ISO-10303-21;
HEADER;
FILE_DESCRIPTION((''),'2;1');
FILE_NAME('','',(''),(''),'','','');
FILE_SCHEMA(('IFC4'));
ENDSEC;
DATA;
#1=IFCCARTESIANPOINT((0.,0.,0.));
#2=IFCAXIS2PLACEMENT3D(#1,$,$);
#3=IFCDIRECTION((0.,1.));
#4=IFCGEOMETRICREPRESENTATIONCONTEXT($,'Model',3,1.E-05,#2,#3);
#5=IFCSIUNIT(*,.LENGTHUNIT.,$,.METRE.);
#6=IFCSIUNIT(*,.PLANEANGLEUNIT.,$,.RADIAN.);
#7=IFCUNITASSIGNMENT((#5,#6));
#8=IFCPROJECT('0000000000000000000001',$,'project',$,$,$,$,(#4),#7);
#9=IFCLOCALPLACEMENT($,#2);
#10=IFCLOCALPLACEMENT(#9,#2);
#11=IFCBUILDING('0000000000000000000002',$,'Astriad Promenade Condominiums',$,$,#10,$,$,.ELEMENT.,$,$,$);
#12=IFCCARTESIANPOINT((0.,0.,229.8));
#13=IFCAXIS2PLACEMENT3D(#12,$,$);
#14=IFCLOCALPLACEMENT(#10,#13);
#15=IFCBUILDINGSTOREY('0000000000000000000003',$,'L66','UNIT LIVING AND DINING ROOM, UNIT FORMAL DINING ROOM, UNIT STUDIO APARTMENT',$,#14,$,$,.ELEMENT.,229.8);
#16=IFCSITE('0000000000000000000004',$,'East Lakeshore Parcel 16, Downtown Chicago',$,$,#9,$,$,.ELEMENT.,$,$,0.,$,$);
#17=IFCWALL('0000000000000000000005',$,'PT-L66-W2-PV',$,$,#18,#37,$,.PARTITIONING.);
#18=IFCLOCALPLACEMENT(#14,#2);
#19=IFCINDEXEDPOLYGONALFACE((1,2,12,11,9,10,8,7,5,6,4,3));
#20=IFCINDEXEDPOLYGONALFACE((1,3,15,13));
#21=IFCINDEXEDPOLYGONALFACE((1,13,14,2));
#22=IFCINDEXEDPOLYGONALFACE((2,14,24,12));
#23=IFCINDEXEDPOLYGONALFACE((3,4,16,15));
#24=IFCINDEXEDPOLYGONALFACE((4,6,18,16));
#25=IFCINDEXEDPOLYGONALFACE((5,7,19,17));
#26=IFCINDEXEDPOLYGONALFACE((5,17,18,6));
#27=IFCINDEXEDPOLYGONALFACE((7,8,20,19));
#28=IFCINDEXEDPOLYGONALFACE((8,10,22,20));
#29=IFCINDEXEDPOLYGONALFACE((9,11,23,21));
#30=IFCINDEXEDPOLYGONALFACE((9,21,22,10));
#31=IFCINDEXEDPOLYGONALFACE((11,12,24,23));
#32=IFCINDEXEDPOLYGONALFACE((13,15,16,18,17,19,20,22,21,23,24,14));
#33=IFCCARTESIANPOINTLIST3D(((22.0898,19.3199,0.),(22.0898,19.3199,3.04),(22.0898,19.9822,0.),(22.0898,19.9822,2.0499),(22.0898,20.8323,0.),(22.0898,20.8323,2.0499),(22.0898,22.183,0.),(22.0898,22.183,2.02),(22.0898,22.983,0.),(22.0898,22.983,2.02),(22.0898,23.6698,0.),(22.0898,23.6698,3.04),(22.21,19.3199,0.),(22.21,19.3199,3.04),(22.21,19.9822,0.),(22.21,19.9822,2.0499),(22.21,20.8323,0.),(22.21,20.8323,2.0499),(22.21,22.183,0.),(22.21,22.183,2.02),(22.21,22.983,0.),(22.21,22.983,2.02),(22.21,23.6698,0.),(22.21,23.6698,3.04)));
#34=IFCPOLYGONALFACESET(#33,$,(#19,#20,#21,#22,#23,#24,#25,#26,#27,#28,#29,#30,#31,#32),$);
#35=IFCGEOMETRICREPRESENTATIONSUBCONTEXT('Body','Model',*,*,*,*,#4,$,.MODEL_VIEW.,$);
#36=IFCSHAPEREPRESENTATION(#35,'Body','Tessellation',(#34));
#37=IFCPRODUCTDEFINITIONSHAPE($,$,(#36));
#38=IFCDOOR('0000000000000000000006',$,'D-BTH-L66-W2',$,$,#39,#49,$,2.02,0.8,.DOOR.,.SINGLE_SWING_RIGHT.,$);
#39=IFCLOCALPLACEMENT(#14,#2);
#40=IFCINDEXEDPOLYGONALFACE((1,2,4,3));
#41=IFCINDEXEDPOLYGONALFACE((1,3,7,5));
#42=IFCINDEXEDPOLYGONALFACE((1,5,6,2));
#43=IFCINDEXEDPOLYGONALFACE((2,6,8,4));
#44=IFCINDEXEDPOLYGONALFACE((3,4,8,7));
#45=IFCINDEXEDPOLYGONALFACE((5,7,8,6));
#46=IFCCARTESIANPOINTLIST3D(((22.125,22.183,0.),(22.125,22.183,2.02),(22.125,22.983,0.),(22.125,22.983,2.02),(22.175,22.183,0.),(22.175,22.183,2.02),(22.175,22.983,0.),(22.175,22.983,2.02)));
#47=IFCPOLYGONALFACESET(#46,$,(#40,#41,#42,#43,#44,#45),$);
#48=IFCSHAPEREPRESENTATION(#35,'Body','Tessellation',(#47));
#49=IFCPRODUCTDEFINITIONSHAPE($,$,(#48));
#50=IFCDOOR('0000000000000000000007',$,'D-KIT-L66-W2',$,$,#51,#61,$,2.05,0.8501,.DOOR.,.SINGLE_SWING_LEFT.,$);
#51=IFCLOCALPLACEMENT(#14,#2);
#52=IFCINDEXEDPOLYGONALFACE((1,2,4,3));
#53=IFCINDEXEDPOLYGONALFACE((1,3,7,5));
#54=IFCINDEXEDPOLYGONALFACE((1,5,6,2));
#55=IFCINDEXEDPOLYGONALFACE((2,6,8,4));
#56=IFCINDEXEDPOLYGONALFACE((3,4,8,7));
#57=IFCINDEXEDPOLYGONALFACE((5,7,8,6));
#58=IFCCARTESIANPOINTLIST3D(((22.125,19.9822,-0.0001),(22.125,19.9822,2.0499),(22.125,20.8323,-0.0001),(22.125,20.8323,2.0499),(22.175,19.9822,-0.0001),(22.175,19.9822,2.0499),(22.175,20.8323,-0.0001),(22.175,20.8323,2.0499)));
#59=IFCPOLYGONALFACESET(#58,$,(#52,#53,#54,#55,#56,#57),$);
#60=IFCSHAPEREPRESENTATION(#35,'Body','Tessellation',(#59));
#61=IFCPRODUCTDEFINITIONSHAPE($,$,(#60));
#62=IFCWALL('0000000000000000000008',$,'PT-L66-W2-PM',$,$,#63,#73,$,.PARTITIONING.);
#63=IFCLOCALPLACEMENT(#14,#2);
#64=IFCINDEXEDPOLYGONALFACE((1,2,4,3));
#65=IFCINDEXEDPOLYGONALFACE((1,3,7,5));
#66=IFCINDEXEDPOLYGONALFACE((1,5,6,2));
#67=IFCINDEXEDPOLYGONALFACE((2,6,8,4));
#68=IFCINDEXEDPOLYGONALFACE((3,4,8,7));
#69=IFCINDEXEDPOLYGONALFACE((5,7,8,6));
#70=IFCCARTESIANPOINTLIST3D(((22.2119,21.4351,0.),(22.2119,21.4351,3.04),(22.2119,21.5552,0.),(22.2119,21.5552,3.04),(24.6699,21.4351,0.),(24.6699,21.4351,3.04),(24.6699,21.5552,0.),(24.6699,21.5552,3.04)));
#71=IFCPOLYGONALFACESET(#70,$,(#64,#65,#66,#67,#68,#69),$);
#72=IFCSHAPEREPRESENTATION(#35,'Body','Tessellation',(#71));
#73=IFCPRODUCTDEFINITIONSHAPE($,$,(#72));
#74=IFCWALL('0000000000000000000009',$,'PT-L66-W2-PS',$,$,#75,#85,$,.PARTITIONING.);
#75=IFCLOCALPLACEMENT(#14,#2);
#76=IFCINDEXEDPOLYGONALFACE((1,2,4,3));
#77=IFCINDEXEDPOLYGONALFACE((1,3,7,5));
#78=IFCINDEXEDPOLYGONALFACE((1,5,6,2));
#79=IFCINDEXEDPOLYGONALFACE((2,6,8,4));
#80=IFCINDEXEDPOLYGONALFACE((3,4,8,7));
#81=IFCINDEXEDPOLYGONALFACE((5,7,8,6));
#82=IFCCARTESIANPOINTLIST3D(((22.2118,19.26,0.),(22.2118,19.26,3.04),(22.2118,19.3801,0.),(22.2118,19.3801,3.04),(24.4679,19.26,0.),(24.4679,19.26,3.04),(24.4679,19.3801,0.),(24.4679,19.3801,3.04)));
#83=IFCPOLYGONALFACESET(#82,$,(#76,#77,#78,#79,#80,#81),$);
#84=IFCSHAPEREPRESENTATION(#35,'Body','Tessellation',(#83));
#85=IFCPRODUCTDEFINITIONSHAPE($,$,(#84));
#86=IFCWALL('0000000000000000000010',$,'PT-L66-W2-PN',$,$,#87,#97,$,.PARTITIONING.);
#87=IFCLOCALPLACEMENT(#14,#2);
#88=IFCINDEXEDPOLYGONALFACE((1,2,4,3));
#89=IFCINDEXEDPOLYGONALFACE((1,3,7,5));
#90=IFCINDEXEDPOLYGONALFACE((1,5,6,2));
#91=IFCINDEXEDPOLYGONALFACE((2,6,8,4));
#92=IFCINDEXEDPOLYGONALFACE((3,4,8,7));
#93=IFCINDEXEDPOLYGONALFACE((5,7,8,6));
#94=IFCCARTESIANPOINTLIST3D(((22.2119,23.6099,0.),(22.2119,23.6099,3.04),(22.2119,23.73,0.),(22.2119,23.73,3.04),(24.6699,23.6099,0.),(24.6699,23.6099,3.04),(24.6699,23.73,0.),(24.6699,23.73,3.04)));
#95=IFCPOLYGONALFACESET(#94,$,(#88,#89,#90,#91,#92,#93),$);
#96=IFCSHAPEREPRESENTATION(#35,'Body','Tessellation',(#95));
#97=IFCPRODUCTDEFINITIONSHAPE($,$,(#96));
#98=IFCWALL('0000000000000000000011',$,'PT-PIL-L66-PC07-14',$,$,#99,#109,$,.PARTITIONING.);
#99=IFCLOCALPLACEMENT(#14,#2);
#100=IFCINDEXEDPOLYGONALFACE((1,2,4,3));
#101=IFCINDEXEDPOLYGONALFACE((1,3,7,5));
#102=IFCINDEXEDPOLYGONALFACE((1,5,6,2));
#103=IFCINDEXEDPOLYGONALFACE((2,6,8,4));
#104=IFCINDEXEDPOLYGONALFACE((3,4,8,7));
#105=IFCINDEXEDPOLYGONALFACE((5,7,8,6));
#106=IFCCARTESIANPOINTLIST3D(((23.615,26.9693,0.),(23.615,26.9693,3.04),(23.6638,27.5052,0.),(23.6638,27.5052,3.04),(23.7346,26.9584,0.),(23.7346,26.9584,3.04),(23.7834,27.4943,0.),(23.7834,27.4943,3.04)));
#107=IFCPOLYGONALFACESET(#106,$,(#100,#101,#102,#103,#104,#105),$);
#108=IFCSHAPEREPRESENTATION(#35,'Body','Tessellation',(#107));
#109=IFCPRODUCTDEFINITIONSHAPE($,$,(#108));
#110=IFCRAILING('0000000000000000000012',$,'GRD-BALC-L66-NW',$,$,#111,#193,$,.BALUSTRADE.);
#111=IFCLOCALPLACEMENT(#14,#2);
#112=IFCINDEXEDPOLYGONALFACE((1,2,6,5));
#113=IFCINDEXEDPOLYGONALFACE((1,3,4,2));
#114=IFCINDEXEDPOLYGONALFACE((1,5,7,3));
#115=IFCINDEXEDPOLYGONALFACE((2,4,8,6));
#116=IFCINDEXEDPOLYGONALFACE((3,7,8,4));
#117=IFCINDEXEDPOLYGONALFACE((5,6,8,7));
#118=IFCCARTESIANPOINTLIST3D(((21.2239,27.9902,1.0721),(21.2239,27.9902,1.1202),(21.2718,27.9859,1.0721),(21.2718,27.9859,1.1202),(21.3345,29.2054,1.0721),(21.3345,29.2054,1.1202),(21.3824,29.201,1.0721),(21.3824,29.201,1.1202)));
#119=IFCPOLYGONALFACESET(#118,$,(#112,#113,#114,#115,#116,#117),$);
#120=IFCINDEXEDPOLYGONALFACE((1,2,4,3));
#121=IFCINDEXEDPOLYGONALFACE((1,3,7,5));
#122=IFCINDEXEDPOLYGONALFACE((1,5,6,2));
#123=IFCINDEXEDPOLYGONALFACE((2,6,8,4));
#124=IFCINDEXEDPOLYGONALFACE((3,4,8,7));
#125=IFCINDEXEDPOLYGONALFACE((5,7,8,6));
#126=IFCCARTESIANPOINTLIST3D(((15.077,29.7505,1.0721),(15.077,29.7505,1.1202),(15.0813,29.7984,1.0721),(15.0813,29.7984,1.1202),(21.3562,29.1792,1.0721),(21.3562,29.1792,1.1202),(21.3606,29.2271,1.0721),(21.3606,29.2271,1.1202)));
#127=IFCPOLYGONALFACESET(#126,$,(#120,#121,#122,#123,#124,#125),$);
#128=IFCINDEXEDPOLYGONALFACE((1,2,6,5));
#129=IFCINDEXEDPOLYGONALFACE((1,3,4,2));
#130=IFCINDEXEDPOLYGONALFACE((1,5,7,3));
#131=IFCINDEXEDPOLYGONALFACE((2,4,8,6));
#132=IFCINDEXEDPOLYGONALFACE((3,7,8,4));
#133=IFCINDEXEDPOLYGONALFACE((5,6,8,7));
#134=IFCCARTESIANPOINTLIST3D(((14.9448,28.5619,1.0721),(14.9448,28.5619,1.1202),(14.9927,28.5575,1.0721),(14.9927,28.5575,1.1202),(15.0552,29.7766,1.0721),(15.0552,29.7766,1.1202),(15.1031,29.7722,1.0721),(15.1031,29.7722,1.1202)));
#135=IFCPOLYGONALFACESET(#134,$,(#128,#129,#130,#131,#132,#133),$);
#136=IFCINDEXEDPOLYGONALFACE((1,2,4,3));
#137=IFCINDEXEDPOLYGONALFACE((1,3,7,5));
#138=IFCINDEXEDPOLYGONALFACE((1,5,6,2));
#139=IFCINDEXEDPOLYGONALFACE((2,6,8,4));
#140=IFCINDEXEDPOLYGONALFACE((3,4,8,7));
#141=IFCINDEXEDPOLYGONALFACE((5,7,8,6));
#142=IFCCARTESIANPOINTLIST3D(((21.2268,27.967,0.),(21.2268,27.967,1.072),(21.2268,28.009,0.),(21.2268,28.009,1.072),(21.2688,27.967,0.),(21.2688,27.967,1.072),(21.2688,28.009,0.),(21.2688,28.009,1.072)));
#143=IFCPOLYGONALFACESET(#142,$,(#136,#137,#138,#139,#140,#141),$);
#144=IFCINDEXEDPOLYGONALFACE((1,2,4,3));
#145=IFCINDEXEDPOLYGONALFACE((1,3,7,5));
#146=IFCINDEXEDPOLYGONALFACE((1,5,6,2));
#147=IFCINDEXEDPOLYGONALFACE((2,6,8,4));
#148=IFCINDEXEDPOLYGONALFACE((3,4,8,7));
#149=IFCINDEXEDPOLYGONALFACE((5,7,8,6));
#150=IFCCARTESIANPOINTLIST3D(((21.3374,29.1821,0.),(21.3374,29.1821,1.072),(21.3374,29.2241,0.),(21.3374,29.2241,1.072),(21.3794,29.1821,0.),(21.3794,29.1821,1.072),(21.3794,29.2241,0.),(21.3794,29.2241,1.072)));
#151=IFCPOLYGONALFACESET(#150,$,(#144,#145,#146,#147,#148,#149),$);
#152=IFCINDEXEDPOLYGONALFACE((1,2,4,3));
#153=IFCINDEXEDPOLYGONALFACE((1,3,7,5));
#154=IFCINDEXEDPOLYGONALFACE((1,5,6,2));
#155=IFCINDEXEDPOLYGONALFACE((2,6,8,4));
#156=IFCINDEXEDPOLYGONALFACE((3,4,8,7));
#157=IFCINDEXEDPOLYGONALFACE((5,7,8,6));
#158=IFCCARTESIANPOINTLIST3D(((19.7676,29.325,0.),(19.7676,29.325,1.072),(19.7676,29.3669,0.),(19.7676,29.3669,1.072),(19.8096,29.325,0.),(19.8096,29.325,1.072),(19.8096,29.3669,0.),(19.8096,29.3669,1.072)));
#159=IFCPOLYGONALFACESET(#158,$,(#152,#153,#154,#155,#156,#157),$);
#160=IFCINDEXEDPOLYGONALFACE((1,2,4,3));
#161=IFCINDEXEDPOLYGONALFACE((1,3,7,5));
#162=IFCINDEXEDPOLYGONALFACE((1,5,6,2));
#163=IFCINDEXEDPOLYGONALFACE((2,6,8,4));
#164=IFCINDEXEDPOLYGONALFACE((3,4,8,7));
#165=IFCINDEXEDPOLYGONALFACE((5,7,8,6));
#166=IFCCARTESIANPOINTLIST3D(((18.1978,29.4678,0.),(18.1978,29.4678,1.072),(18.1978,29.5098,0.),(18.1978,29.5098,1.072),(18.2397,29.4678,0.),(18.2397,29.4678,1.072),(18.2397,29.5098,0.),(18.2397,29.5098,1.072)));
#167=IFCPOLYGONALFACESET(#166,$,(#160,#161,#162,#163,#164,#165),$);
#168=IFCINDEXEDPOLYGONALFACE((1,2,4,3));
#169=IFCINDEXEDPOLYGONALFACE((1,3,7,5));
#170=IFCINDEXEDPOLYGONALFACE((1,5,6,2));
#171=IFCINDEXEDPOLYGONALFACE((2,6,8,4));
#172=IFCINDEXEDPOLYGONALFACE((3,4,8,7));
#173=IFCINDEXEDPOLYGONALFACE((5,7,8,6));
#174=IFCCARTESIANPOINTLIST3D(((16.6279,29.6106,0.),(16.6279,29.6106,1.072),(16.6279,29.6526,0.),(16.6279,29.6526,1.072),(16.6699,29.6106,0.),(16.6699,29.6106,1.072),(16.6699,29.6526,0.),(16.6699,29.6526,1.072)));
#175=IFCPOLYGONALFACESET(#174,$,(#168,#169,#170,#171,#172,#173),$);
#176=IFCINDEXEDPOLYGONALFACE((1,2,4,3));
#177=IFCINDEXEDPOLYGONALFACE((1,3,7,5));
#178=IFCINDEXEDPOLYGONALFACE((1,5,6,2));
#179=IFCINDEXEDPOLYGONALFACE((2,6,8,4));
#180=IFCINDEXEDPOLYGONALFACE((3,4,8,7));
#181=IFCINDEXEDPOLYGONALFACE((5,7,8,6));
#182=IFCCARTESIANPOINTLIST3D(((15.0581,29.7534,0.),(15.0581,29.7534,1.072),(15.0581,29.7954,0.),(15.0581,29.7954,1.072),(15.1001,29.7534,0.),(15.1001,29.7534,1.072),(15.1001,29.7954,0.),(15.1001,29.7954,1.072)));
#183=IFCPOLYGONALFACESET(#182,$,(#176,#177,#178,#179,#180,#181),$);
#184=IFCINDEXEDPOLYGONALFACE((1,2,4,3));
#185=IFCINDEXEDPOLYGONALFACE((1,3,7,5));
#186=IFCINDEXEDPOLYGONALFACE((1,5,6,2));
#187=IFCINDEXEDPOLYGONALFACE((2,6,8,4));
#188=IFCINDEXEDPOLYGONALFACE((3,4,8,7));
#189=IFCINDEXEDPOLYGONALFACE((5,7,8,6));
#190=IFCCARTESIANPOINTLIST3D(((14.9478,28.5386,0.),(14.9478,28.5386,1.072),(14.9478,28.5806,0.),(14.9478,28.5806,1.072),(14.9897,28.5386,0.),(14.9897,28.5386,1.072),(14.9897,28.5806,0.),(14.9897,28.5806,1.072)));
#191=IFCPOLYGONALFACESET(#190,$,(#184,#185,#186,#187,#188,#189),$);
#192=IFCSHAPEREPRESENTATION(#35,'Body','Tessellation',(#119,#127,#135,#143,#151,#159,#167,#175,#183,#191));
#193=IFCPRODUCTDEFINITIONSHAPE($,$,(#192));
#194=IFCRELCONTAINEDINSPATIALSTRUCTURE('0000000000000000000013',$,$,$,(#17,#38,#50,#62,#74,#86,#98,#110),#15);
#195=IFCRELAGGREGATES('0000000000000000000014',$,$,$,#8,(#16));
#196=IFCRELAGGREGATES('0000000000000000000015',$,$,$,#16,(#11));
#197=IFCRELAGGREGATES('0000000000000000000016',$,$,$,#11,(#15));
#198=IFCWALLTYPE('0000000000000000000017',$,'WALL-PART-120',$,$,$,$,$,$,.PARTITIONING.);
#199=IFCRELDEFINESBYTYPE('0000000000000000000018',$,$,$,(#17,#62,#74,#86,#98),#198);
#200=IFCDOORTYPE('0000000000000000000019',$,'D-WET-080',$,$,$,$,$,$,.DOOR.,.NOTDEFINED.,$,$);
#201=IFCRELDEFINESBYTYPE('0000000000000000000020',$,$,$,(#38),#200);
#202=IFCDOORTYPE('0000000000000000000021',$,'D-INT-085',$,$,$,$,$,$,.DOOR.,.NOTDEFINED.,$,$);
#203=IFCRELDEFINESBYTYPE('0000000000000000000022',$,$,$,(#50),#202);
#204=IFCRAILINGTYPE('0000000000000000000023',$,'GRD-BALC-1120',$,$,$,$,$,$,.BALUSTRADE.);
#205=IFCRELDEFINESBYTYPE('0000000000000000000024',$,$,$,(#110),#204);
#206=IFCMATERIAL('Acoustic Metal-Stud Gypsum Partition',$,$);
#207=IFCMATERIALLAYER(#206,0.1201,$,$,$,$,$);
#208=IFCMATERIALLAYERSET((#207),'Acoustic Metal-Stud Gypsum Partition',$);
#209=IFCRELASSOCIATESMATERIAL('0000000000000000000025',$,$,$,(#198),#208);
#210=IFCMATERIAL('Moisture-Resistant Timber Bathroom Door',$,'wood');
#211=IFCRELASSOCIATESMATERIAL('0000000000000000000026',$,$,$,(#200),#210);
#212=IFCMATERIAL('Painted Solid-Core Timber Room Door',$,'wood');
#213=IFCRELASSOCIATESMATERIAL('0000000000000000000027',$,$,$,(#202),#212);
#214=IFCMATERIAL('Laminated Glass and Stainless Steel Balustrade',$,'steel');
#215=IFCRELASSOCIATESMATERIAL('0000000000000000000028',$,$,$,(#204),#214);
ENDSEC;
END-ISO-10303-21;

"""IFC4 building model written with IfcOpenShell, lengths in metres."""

from ifc_helpers import new_model, si_unit, direction, frame, frame_2d, origin, origin_2d, place, context, subcontext, project, spatial, rectangle, extrude, source, transform, mapped, material, layer, layer_set, type_object, type_shapes, element, fill, save


model = new_model("IFC4")

# Units and contexts
model_context = context("Model", 3, precision=1e-05, world=origin(), true_north=direction((0.0, 1.0)))
body_context = subcontext(model_context, "Body", "Model", "MODEL_VIEW")
ifc_project = project(units=[si_unit("LENGTHUNIT", "METRE"), si_unit("PLANEANGLEUNIT", "RADIAN")], contexts=[model_context])

# Site, building, storey
site_placement = place(None, origin())
site = spatial("IfcSite", under=ifc_project, at=site_placement, Name="East Lakeshore Parcel 16, Downtown Chicago", CompositionType="ELEMENT", RefElevation=0.0)
building_placement = place(site_placement, origin())
building = spatial("IfcBuilding", under=site, at=building_placement, Name="Astriad Promenade Condominiums", CompositionType="ELEMENT")
storey_placement = place(building_placement, frame((0.0, 0.0, 229.8)))
storey = spatial("IfcBuildingStorey", under=building, at=storey_placement, Name="L66", Description="UNIT LIVING AND DINING ROOM, UNIT FORMAL DINING ROOM, UNIT STUDIO APARTMENT", CompositionType="ELEMENT", Elevation=229.8)

# Wall, openings, doors
ifc_material_1 = material(Name="Acoustic Metal-Stud Gypsum Partition")
ifc_layer_1 = layer(ifc_material_1, 0.1201)
ifc_layer_set_1 = layer_set([ifc_layer_1], Name="Acoustic Metal-Stud Gypsum Partition")
wall_type_1 = type_object("IfcWallType", Name="WALL-PART-120", PredefinedType="PARTITIONING", material=ifc_layer_set_1)
wall_1_placement = place(storey_placement, frame((22.1499, 19.3201, 0.0), z_axis=(0.0, 0.0, 1.0), x_axis=(0.0, 1.0, 0.0)))
wall_1 = element("IfcWall", 1, at=wall_1_placement, inside=storey, type_object=wall_type_1, Name="PT-L66-W2-PV", PredefinedType="PARTITIONING", context=body_context, shape_type="SweptSolid", body=[
    extrude(rectangle(XDim=4.3499, YDim=0.1201, at=frame_2d((2.1748, 0.0))), origin(), (0.0, 0.0, 1.0), 3.04),
])
opening_1_placement = place(wall_1_placement, frame((0.6621, 0.0, 0.0)))
opening_1 = element("IfcOpeningElement", 2, at=opening_1_placement, cuts=wall_1, PredefinedType="OPENING", context=body_context, shape_type="SweptSolid", body=[
    extrude(rectangle(XDim=0.8501, YDim=2.05, at=frame_2d((0.425, 1.0249))), frame((0.0, 0.0701, 0.0), z_axis=(0.0, -1.0, 0.0), x_axis=(1.0, 0.0, 0.0)), (0.0, 0.0, 1.0), 0.1401),
])
opening_2_placement = place(wall_1_placement, frame((2.863, 0.0, 0.0)))
opening_2 = element("IfcOpeningElement", 3, at=opening_2_placement, cuts=wall_1, PredefinedType="OPENING", context=body_context, shape_type="SweptSolid", body=[
    extrude(rectangle(XDim=0.8, YDim=2.02, at=frame_2d((0.3999, 1.01))), frame((0.0, 0.0701, 0.0), z_axis=(0.0, -1.0, 0.0), x_axis=(1.0, 0.0, 0.0)), (0.0, 0.0, 1.0), 0.1401),
])
ifc_material_2 = material(Name="Moisture-Resistant Timber Bathroom Door", Category="wood")
door_type_1 = type_object("IfcDoorType", Name="D-WET-080", OperationType="NOTDEFINED", PredefinedType="DOOR", material=ifc_material_2)
shared_shape_1 = source(origin(), body_context, "Body", "SweptSolid", [
    extrude(rectangle(XDim=0.8, YDim=2.02, at=frame_2d((0.3999, 1.01))), frame((0.0, 0.0249, 0.0), z_axis=(0.0, -1.0, 0.0), x_axis=(1.0, 0.0, 0.0)), (0.0, 0.0, 1.0), 0.05),
])
type_shapes(door_type_1, [shared_shape_1])
door_1_placement = place(opening_2_placement, origin())
door_1 = element("IfcDoor", 4, at=door_1_placement, inside=storey, type_object=door_type_1, Name="D-BTH-L66-W2", OperationType="SINGLE_SWING_RIGHT", OverallHeight=2.02, OverallWidth=0.8, PredefinedType="DOOR", context=body_context, shape_type="MappedRepresentation", body=[
    mapped(shared_shape_1, transform((0.0, 0.0, 0.0), scale=1.0)),
])
fill(opening_2, door_1)
ifc_material_3 = material(Name="Painted Solid-Core Timber Room Door", Category="wood")
door_type_2 = type_object("IfcDoorType", Name="D-INT-085", OperationType="NOTDEFINED", PredefinedType="DOOR", material=ifc_material_3)
shared_shape_2 = source(origin(), body_context, "Body", "SweptSolid", [
    extrude(rectangle(XDim=0.8501, YDim=2.05, at=frame_2d((0.425, 1.0249))), frame((0.0, 0.0249, 0.0), z_axis=(0.0, -1.0, 0.0), x_axis=(1.0, 0.0, 0.0)), (0.0, 0.0, 1.0), 0.05),
])
type_shapes(door_type_2, [shared_shape_2])
door_2_placement = place(opening_1_placement, origin())
door_2 = element("IfcDoor", 5, at=door_2_placement, inside=storey, type_object=door_type_2, Name="D-KIT-L66-W2", OperationType="SINGLE_SWING_LEFT", OverallHeight=2.05, OverallWidth=0.8501, PredefinedType="DOOR", context=body_context, shape_type="MappedRepresentation", body=[
    mapped(shared_shape_2, transform((0.0, 0.0, 0.0), scale=1.0)),
])
fill(opening_1, door_2)

# Walls
wall_2_placement = place(storey_placement, frame((22.2119, 21.4951, 0.0), z_axis=(0.0, 0.0, 1.0), x_axis=(1.0, 0.0, 0.0)))
element("IfcWall", 6, at=wall_2_placement, inside=storey, type_object=wall_type_1, Name="PT-L66-W2-PM", PredefinedType="PARTITIONING", context=body_context, shape_type="SweptSolid", body=[
    extrude(rectangle(XDim=2.458, YDim=0.1201, at=frame_2d((1.229, 0.0))), origin(), (0.0, 0.0, 1.0), 3.04),
])
wall_3_placement = place(storey_placement, frame((22.2119, 19.3201, 0.0), z_axis=(0.0, 0.0, 1.0), x_axis=(1.0, 0.0, 0.0)))
element("IfcWall", 7, at=wall_3_placement, inside=storey, type_object=wall_type_1, Name="PT-L66-W2-PS", PredefinedType="PARTITIONING", context=body_context, shape_type="SweptSolid", body=[
    extrude(rectangle(XDim=2.2561, YDim=0.1201, at=frame_2d((1.1279, 0.0))), origin(), (0.0, 0.0, 1.0), 3.04),
])
wall_4_placement = place(storey_placement, frame((22.2119, 23.6699, 0.0), z_axis=(0.0, 0.0, 1.0), x_axis=(1.0, 0.0, 0.0)))
element("IfcWall", 8, at=wall_4_placement, inside=storey, type_object=wall_type_1, Name="PT-L66-W2-PN", PredefinedType="PARTITIONING", context=body_context, shape_type="SweptSolid", body=[
    extrude(rectangle(XDim=2.458, YDim=0.1201, at=frame_2d((1.229, 0.0))), origin(), (0.0, 0.0, 1.0), 3.04),
])
wall_5_placement = place(storey_placement, frame((23.6748, 26.9639, 0.0), z_axis=(0.0, 0.0, 1.0), x_axis=(0.09074, 0.995875, 0.0)))
element("IfcWall", 9, at=wall_5_placement, inside=storey, type_object=wall_type_1, Name="PT-PIL-L66-PC07-14", PredefinedType="PARTITIONING", context=body_context, shape_type="SweptSolid", body=[
    extrude(rectangle(XDim=0.5381, YDim=0.1201, at=frame_2d((0.269, 0.0))), origin(), (0.0, 0.0, 1.0), 3.04),
])

# Railing
ifc_material_4 = material(Name="Laminated Glass and Stainless Steel Balustrade", Category="steel")
railing_type = type_object("IfcRailingType", Name="GRD-BALC-1120", PredefinedType="BALUSTRADE", material=ifc_material_4)
shared_shape_3 = source(origin(), body_context, "Body", "SweptSolid", [
    extrude(rectangle(XDim=0.0481, YDim=0.0481, at=origin_2d()), frame((0.0, 0.0, 1.0962), z_axis=(0.090644, 0.995883, 0.0), x_axis=(-0.995883, 0.090644, 0.0)), (0.0, 0.0, 1.0), 1.2202),
    extrude(rectangle(XDim=0.0481, YDim=0.0481, at=origin_2d()), frame((0.1106, 1.2151, 1.0962), z_axis=(-0.995887, 0.090606, 0.0), x_axis=(-0.090606, -0.995887, 0.0)), (0.0, 0.0, 1.0), 6.3052),
    extrude(rectangle(XDim=0.0481, YDim=0.0481, at=origin_2d()), frame((-6.1687, 1.7864, 1.0962), z_axis=(-0.090464, -0.9959, 0.0), x_axis=(0.9959, -0.090464, 0.0)), (0.0, 0.0, 1.0), 1.2197),
    extrude(rectangle(XDim=0.042, YDim=0.042, at=origin_2d()), origin(), (0.0, 0.0, 1.0), 1.072),
    extrude(rectangle(XDim=0.042, YDim=0.042, at=origin_2d()), frame((0.1106, 1.2151, 0.0)), (0.0, 0.0, 1.0), 1.072),
    extrude(rectangle(XDim=0.042, YDim=0.042, at=origin_2d()), frame((-1.4592, 1.3579, 0.0)), (0.0, 0.0, 1.0), 1.072),
    extrude(rectangle(XDim=0.042, YDim=0.042, at=origin_2d()), frame((-3.0291, 1.5007, 0.0)), (0.0, 0.0, 1.0), 1.072),
    extrude(rectangle(XDim=0.042, YDim=0.042, at=origin_2d()), frame((-4.5989, 1.6436, 0.0)), (0.0, 0.0, 1.0), 1.072),
    extrude(rectangle(XDim=0.042, YDim=0.042, at=origin_2d()), frame((-6.1687, 1.7864, 0.0)), (0.0, 0.0, 1.0), 1.072),
    extrude(rectangle(XDim=0.042, YDim=0.042, at=origin_2d()), frame((-6.2791, 0.5715, 0.0)), (0.0, 0.0, 1.0), 1.072),
])
type_shapes(railing_type, [shared_shape_3])
railing_placement = place(storey_placement, frame((21.2478, 27.988, 0.0)))
element("IfcRailing", 10, at=railing_placement, inside=storey, type_object=railing_type, Name="GRD-BALC-L66-NW", PredefinedType="BALUSTRADE", context=body_context, shape_type="MappedRepresentation", body=[
    mapped(shared_shape_3, transform((0.0, 0.0, 0.0), scale=1.0)),
])

save(model, "model.ifc")
